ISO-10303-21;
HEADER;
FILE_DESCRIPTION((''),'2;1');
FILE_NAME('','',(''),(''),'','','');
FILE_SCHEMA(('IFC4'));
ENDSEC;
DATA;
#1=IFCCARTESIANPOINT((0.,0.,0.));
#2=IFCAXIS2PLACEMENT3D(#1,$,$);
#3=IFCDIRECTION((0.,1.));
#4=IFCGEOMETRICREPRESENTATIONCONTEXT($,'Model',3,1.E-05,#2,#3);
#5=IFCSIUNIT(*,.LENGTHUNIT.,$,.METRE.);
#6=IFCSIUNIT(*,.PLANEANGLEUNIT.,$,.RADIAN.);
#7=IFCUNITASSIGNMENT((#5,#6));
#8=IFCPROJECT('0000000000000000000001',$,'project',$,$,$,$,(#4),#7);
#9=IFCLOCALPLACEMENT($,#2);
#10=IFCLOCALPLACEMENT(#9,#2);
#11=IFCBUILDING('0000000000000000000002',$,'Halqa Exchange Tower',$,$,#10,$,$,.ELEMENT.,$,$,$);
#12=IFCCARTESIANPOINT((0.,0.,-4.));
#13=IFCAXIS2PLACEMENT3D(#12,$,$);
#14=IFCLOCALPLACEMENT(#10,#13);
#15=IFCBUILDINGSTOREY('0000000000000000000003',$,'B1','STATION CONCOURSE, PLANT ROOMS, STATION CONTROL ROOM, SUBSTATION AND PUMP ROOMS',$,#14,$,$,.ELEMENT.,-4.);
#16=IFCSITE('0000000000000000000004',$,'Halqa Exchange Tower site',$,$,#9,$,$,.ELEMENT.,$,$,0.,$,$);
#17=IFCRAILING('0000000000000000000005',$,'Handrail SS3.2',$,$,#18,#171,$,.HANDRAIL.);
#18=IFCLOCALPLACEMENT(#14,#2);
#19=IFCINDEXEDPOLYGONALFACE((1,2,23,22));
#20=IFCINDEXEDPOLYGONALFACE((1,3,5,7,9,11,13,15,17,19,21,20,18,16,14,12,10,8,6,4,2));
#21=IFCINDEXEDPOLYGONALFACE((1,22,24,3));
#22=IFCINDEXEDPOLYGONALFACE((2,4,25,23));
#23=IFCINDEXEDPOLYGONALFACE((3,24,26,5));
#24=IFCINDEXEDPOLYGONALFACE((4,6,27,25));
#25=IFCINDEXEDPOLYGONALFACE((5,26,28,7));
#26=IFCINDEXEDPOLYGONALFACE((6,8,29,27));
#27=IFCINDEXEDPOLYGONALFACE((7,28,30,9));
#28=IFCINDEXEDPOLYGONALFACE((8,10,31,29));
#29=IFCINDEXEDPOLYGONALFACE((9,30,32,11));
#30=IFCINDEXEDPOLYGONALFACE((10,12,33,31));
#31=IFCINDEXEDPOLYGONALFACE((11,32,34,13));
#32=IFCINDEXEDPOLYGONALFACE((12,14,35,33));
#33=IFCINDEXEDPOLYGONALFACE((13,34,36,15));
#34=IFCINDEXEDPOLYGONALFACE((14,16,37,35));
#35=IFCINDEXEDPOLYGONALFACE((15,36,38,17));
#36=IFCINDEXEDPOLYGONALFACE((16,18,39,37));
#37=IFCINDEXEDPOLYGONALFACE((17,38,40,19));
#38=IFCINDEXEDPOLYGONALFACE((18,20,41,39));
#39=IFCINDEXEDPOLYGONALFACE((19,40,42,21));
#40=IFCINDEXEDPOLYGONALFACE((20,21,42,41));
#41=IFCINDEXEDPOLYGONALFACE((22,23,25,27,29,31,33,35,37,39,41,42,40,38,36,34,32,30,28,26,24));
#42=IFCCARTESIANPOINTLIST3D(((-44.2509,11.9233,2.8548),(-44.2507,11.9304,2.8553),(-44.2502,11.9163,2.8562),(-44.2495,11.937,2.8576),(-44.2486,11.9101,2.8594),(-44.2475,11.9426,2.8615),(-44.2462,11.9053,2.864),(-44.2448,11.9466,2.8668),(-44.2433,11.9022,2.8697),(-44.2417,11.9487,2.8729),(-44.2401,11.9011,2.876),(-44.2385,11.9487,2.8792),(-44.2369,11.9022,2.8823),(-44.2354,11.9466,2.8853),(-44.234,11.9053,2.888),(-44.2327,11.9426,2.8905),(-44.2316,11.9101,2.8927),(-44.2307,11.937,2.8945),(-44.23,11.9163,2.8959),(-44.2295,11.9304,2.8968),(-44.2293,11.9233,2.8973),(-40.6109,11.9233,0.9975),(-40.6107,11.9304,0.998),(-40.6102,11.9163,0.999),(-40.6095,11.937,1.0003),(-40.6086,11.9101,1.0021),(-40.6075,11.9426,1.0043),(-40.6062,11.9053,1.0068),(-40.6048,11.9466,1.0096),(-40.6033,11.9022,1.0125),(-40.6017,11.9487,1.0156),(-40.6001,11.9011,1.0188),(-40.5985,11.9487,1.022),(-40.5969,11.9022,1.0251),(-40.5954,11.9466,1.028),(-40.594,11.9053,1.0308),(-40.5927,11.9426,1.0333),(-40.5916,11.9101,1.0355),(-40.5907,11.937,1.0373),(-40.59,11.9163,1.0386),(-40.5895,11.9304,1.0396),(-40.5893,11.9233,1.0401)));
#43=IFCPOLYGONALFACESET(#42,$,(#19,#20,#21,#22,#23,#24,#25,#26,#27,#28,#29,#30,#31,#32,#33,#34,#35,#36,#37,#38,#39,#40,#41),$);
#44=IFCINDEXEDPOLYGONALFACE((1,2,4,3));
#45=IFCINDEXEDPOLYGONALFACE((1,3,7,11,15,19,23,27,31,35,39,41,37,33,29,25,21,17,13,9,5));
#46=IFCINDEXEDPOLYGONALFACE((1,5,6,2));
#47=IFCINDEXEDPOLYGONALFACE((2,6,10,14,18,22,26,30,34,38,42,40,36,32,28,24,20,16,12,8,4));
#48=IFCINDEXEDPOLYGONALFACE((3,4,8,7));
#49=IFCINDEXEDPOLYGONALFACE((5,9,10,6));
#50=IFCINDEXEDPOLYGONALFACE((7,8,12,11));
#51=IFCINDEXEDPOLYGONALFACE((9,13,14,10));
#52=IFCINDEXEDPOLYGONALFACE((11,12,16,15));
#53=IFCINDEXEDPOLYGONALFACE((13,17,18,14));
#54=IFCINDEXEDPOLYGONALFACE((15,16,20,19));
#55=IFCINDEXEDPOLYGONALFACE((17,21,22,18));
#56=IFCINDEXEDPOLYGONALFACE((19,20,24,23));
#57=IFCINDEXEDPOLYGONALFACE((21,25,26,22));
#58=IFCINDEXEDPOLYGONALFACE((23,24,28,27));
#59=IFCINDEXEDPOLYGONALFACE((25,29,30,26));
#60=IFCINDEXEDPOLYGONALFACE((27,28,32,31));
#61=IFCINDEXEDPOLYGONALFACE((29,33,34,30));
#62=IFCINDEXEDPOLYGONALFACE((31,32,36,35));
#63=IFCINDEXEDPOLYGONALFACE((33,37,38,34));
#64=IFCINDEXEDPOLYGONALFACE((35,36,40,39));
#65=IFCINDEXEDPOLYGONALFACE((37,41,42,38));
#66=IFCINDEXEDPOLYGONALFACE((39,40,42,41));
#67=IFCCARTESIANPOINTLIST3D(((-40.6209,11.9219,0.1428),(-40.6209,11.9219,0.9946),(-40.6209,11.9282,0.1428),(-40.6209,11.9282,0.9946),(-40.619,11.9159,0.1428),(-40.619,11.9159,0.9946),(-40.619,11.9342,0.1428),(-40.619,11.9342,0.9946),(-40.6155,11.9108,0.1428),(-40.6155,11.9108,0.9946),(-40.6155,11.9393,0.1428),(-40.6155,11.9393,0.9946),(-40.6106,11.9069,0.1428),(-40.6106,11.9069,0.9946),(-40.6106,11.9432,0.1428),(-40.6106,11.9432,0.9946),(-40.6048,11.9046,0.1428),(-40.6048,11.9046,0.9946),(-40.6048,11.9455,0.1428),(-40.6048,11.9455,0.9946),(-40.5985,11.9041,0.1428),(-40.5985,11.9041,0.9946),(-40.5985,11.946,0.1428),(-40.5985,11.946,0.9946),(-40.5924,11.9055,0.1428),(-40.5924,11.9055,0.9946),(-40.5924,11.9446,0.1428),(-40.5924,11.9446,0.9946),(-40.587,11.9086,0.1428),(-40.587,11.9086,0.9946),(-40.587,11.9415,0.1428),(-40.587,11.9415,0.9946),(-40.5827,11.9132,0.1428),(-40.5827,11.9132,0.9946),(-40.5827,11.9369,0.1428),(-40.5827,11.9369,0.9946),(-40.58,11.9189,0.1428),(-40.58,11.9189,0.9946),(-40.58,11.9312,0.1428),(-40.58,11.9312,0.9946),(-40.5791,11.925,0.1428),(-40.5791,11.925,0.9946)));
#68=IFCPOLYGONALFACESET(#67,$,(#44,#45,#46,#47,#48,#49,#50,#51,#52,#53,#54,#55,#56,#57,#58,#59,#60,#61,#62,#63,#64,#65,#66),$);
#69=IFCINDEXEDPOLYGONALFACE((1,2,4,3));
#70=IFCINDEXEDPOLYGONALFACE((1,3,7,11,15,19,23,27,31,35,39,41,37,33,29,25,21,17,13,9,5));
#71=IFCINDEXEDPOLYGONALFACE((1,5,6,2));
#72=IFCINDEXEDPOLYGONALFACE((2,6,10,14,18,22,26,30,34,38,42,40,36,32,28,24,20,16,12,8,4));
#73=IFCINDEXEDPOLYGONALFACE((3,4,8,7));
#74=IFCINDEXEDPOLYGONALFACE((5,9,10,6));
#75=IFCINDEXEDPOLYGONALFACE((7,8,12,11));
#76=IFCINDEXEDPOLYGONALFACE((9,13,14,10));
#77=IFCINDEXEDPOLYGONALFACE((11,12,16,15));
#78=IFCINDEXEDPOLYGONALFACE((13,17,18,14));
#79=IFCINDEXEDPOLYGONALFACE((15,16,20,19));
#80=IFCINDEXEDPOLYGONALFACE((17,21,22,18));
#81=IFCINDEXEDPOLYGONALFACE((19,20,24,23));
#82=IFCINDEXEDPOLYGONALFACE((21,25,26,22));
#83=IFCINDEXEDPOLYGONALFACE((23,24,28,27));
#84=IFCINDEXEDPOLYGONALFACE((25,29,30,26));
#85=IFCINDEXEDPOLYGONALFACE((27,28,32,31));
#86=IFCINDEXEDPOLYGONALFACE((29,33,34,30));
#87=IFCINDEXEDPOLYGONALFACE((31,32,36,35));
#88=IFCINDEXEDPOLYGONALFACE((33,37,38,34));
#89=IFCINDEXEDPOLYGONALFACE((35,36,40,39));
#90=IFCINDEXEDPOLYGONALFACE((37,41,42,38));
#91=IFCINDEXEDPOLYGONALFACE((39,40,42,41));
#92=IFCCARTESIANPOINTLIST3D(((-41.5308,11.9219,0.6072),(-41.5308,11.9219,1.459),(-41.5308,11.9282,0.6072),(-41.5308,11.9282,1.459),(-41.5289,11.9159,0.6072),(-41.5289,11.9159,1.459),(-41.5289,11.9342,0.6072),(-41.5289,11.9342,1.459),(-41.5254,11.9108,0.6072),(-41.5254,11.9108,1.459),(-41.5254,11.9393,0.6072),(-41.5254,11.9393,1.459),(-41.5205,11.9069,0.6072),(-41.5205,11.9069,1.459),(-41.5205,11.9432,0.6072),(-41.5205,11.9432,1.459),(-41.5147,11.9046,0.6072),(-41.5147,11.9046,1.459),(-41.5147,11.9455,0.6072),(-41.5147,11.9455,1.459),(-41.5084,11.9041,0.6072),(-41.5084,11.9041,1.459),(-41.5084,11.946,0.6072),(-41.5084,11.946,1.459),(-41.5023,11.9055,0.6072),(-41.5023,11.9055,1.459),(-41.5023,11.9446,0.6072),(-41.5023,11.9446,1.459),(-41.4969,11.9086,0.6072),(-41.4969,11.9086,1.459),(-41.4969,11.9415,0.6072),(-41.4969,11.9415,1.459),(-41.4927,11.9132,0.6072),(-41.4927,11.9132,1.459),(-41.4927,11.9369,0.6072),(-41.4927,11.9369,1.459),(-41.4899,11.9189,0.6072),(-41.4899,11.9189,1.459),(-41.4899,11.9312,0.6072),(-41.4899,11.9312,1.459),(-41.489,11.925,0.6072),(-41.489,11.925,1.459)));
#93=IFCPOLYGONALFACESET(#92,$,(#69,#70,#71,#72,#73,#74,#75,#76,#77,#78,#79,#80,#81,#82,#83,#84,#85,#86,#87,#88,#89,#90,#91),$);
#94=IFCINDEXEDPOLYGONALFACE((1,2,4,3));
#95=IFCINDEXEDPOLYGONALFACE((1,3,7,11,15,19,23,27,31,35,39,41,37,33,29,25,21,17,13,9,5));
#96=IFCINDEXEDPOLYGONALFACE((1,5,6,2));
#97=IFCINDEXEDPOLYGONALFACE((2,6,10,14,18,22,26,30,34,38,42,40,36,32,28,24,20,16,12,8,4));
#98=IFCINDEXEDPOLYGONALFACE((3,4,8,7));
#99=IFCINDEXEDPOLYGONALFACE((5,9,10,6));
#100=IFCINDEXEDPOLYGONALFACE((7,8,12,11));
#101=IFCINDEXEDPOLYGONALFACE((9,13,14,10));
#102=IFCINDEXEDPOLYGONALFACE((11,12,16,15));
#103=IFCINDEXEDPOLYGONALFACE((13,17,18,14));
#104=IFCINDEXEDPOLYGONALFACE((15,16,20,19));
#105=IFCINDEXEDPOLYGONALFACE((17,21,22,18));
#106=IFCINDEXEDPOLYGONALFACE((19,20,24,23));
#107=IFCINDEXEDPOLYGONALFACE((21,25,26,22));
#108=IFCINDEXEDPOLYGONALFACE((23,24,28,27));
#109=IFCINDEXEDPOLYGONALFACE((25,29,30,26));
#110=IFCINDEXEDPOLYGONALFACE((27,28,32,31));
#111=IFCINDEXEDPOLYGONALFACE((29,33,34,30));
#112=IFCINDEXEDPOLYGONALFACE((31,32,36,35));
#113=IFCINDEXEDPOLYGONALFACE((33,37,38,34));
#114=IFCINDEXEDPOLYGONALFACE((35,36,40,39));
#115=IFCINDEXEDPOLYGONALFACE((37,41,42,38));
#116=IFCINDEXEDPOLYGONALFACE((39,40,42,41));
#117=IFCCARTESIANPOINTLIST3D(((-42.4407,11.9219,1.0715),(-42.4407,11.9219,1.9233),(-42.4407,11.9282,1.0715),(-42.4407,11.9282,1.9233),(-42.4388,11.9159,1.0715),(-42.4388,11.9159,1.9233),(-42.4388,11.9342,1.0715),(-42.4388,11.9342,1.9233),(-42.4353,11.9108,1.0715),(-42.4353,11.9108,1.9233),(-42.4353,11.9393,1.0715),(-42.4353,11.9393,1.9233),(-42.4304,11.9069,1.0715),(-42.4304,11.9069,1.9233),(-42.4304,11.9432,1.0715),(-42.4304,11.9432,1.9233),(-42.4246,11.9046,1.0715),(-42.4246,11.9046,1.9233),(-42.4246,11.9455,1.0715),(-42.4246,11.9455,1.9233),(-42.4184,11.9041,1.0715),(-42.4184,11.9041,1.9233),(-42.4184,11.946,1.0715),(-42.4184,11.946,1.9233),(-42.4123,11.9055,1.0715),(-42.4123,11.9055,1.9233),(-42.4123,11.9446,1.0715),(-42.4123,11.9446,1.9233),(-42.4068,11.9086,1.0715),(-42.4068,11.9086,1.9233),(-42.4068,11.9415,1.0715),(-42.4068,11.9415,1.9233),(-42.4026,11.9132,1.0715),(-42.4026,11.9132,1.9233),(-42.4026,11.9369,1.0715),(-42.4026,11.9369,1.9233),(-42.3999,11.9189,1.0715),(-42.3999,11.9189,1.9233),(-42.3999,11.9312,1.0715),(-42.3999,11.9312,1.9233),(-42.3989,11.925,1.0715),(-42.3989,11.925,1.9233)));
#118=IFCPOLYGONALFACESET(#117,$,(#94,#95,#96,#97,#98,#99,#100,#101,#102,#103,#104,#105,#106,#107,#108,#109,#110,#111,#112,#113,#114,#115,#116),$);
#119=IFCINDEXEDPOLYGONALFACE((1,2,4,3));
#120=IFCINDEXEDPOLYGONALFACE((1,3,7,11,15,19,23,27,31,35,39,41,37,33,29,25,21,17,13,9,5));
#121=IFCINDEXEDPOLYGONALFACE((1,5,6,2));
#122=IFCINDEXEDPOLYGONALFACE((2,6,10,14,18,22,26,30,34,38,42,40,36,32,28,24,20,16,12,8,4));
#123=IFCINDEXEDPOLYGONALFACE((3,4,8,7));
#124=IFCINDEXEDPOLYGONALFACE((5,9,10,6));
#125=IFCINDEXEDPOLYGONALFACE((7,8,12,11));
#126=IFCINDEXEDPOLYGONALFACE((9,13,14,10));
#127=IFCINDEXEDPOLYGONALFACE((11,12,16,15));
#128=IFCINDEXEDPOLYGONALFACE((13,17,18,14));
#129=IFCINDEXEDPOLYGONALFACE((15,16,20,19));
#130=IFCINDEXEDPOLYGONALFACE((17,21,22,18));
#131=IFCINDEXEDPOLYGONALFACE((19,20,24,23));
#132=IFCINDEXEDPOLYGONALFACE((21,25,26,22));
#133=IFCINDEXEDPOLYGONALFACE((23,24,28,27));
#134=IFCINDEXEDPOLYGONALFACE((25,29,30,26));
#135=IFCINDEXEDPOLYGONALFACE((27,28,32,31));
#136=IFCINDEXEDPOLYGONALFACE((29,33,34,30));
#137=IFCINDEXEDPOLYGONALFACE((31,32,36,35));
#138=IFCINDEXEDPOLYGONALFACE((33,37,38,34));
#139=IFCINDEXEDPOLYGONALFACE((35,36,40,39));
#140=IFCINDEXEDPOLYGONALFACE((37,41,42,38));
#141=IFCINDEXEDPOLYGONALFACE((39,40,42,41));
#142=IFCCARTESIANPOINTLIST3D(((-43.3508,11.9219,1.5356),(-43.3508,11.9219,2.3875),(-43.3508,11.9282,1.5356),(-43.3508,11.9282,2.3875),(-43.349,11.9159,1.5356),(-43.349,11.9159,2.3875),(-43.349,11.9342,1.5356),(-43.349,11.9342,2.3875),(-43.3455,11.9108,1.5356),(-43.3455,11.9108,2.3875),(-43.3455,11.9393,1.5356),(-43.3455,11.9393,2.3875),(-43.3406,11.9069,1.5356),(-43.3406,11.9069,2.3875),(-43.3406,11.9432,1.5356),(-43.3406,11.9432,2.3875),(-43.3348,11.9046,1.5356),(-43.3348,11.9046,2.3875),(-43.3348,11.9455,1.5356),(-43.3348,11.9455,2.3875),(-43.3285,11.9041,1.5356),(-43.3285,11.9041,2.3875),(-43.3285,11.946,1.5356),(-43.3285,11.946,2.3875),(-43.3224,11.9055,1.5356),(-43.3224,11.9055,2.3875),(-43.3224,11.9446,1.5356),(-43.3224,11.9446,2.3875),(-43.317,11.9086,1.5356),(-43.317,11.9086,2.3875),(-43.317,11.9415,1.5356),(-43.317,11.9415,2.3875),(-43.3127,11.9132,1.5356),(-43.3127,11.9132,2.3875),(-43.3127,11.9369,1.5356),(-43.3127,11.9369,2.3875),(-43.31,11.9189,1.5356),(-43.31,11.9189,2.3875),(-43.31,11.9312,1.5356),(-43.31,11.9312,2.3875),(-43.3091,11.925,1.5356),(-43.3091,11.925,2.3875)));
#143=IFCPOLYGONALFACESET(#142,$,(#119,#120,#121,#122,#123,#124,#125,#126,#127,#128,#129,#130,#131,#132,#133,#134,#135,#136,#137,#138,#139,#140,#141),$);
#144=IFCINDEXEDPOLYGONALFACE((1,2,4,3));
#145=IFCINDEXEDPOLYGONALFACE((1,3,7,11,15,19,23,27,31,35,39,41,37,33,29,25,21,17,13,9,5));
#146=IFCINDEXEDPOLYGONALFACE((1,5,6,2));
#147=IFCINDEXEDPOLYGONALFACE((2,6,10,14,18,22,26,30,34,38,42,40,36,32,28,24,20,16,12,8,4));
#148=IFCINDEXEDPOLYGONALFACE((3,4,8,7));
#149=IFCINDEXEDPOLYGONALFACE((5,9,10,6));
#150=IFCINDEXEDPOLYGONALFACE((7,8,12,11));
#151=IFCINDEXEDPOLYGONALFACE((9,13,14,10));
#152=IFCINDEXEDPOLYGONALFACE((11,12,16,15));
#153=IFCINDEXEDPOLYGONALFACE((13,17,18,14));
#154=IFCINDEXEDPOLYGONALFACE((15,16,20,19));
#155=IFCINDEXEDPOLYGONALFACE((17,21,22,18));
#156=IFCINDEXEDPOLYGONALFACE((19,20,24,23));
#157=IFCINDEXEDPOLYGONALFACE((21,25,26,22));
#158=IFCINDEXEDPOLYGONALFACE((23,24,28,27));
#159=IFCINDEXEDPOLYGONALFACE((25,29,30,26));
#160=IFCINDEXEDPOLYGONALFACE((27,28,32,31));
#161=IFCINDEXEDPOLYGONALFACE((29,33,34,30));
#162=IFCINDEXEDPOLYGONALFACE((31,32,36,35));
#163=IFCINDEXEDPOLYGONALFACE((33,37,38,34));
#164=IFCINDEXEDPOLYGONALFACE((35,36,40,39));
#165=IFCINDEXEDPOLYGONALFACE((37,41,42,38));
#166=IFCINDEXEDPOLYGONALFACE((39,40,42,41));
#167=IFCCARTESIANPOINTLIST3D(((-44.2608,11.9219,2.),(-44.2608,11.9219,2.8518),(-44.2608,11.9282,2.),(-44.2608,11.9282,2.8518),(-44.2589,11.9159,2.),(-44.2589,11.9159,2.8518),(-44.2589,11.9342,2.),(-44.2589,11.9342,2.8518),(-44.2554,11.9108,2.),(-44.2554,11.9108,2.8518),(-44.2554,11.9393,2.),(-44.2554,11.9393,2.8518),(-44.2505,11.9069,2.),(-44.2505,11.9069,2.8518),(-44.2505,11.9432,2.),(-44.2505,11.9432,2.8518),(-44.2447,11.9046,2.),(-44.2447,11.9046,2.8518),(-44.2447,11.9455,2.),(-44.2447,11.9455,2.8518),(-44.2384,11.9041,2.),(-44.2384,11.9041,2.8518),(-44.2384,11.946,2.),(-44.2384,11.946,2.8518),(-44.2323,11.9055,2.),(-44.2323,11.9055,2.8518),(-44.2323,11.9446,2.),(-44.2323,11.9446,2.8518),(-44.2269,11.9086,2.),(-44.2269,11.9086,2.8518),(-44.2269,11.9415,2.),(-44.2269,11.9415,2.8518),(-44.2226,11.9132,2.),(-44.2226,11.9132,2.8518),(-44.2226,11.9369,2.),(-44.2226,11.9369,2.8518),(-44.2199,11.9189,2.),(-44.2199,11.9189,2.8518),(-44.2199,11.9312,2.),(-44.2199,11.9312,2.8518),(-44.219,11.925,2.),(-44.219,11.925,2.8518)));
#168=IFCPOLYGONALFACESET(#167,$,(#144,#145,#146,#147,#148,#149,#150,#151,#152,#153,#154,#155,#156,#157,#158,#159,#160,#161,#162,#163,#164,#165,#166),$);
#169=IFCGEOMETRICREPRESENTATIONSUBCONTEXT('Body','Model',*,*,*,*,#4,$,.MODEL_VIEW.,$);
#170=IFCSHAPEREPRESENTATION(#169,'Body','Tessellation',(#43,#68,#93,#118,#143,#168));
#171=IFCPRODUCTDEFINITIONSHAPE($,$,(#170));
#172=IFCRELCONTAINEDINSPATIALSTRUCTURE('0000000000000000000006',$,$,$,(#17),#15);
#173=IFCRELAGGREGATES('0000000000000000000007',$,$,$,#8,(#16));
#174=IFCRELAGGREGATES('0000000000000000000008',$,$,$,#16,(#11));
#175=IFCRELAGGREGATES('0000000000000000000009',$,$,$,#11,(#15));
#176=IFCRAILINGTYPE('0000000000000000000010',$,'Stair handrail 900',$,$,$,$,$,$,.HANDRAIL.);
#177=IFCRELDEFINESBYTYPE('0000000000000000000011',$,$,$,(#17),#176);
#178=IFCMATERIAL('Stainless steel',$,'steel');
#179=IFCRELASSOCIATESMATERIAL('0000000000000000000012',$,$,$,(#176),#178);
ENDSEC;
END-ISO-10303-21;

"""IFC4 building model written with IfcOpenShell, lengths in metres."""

from ifc_helpers import new_model, si_unit, direction, frame, origin, origin_2d, place, context, subcontext, project, spatial, circle, extrude, material, type_object, element, save


model = new_model("IFC4")

# Units and contexts
model_context = context("Model", 3, precision=1e-05, world=origin(), true_north=direction((0.0, 1.0)))
body_context = subcontext(model_context, "Body", "Model", "MODEL_VIEW")
ifc_project = project(units=[si_unit("LENGTHUNIT", "METRE"), si_unit("PLANEANGLEUNIT", "RADIAN")], contexts=[model_context])

# Site, building, storey
site_placement = place(None, origin())
site = spatial("IfcSite", under=ifc_project, at=site_placement, Name="Halqa Exchange Tower site", CompositionType="ELEMENT", RefElevation=0.0)
building_placement = place(site_placement, origin())
building = spatial("IfcBuilding", under=site, at=building_placement, Name="Halqa Exchange Tower", CompositionType="ELEMENT")
storey_placement = place(building_placement, frame((0.0, 0.0, -4.0)))
storey = spatial("IfcBuildingStorey", under=building, at=storey_placement, Name="B1", Description="STATION CONCOURSE, PLANT ROOMS, STATION CONTROL ROOM, SUBSTATION AND PUMP ROOMS", CompositionType="ELEMENT", Elevation=-4.0)

# Railing
ifc_material_1 = material(Name="Stainless steel", Category="steel")
railing_type_1 = type_object("IfcRailingType", Name="Stair handrail 900", PredefinedType="HANDRAIL", material=ifc_material_1)
railing_1_placement = place(storey_placement, frame((-40.6001, 11.925, 0.1428)))
element("IfcRailing", 1, at=railing_1_placement, inside=storey, type_object=railing_type_1, Name="Handrail SS3.2", PredefinedType="HANDRAIL", context=body_context, shape_type="SweptSolid", body=[
    extrude(circle(Radius=0.0239, at=origin_2d()), frame((0.0, 0.0, 0.876), z_axis=(-0.890753, 0.0, 0.454488), x_axis=(0.0, -1.0, 0.0)), (0.0, 0.0, 1.0), 4.0864),
    extrude(circle(Radius=0.021, at=origin_2d()), origin(), (0.0, 0.0, 1.0), 0.8518),
    extrude(circle(Radius=0.021, at=origin_2d()), frame((-0.9099, 0.0, 0.4644)), (0.0, 0.0, 1.0), 0.8518),
    extrude(circle(Radius=0.021, at=origin_2d()), frame((-1.8198, 0.0, 0.9287)), (0.0, 0.0, 1.0), 0.8518),
    extrude(circle(Radius=0.021, at=origin_2d()), frame((-2.73, 0.0, 1.3928)), (0.0, 0.0, 1.0), 0.8518),
    extrude(circle(Radius=0.021, at=origin_2d()), frame((-3.6399, 0.0, 1.8572)), (0.0, 0.0, 1.0), 0.8518),
])

save(model, "model.ifc")
